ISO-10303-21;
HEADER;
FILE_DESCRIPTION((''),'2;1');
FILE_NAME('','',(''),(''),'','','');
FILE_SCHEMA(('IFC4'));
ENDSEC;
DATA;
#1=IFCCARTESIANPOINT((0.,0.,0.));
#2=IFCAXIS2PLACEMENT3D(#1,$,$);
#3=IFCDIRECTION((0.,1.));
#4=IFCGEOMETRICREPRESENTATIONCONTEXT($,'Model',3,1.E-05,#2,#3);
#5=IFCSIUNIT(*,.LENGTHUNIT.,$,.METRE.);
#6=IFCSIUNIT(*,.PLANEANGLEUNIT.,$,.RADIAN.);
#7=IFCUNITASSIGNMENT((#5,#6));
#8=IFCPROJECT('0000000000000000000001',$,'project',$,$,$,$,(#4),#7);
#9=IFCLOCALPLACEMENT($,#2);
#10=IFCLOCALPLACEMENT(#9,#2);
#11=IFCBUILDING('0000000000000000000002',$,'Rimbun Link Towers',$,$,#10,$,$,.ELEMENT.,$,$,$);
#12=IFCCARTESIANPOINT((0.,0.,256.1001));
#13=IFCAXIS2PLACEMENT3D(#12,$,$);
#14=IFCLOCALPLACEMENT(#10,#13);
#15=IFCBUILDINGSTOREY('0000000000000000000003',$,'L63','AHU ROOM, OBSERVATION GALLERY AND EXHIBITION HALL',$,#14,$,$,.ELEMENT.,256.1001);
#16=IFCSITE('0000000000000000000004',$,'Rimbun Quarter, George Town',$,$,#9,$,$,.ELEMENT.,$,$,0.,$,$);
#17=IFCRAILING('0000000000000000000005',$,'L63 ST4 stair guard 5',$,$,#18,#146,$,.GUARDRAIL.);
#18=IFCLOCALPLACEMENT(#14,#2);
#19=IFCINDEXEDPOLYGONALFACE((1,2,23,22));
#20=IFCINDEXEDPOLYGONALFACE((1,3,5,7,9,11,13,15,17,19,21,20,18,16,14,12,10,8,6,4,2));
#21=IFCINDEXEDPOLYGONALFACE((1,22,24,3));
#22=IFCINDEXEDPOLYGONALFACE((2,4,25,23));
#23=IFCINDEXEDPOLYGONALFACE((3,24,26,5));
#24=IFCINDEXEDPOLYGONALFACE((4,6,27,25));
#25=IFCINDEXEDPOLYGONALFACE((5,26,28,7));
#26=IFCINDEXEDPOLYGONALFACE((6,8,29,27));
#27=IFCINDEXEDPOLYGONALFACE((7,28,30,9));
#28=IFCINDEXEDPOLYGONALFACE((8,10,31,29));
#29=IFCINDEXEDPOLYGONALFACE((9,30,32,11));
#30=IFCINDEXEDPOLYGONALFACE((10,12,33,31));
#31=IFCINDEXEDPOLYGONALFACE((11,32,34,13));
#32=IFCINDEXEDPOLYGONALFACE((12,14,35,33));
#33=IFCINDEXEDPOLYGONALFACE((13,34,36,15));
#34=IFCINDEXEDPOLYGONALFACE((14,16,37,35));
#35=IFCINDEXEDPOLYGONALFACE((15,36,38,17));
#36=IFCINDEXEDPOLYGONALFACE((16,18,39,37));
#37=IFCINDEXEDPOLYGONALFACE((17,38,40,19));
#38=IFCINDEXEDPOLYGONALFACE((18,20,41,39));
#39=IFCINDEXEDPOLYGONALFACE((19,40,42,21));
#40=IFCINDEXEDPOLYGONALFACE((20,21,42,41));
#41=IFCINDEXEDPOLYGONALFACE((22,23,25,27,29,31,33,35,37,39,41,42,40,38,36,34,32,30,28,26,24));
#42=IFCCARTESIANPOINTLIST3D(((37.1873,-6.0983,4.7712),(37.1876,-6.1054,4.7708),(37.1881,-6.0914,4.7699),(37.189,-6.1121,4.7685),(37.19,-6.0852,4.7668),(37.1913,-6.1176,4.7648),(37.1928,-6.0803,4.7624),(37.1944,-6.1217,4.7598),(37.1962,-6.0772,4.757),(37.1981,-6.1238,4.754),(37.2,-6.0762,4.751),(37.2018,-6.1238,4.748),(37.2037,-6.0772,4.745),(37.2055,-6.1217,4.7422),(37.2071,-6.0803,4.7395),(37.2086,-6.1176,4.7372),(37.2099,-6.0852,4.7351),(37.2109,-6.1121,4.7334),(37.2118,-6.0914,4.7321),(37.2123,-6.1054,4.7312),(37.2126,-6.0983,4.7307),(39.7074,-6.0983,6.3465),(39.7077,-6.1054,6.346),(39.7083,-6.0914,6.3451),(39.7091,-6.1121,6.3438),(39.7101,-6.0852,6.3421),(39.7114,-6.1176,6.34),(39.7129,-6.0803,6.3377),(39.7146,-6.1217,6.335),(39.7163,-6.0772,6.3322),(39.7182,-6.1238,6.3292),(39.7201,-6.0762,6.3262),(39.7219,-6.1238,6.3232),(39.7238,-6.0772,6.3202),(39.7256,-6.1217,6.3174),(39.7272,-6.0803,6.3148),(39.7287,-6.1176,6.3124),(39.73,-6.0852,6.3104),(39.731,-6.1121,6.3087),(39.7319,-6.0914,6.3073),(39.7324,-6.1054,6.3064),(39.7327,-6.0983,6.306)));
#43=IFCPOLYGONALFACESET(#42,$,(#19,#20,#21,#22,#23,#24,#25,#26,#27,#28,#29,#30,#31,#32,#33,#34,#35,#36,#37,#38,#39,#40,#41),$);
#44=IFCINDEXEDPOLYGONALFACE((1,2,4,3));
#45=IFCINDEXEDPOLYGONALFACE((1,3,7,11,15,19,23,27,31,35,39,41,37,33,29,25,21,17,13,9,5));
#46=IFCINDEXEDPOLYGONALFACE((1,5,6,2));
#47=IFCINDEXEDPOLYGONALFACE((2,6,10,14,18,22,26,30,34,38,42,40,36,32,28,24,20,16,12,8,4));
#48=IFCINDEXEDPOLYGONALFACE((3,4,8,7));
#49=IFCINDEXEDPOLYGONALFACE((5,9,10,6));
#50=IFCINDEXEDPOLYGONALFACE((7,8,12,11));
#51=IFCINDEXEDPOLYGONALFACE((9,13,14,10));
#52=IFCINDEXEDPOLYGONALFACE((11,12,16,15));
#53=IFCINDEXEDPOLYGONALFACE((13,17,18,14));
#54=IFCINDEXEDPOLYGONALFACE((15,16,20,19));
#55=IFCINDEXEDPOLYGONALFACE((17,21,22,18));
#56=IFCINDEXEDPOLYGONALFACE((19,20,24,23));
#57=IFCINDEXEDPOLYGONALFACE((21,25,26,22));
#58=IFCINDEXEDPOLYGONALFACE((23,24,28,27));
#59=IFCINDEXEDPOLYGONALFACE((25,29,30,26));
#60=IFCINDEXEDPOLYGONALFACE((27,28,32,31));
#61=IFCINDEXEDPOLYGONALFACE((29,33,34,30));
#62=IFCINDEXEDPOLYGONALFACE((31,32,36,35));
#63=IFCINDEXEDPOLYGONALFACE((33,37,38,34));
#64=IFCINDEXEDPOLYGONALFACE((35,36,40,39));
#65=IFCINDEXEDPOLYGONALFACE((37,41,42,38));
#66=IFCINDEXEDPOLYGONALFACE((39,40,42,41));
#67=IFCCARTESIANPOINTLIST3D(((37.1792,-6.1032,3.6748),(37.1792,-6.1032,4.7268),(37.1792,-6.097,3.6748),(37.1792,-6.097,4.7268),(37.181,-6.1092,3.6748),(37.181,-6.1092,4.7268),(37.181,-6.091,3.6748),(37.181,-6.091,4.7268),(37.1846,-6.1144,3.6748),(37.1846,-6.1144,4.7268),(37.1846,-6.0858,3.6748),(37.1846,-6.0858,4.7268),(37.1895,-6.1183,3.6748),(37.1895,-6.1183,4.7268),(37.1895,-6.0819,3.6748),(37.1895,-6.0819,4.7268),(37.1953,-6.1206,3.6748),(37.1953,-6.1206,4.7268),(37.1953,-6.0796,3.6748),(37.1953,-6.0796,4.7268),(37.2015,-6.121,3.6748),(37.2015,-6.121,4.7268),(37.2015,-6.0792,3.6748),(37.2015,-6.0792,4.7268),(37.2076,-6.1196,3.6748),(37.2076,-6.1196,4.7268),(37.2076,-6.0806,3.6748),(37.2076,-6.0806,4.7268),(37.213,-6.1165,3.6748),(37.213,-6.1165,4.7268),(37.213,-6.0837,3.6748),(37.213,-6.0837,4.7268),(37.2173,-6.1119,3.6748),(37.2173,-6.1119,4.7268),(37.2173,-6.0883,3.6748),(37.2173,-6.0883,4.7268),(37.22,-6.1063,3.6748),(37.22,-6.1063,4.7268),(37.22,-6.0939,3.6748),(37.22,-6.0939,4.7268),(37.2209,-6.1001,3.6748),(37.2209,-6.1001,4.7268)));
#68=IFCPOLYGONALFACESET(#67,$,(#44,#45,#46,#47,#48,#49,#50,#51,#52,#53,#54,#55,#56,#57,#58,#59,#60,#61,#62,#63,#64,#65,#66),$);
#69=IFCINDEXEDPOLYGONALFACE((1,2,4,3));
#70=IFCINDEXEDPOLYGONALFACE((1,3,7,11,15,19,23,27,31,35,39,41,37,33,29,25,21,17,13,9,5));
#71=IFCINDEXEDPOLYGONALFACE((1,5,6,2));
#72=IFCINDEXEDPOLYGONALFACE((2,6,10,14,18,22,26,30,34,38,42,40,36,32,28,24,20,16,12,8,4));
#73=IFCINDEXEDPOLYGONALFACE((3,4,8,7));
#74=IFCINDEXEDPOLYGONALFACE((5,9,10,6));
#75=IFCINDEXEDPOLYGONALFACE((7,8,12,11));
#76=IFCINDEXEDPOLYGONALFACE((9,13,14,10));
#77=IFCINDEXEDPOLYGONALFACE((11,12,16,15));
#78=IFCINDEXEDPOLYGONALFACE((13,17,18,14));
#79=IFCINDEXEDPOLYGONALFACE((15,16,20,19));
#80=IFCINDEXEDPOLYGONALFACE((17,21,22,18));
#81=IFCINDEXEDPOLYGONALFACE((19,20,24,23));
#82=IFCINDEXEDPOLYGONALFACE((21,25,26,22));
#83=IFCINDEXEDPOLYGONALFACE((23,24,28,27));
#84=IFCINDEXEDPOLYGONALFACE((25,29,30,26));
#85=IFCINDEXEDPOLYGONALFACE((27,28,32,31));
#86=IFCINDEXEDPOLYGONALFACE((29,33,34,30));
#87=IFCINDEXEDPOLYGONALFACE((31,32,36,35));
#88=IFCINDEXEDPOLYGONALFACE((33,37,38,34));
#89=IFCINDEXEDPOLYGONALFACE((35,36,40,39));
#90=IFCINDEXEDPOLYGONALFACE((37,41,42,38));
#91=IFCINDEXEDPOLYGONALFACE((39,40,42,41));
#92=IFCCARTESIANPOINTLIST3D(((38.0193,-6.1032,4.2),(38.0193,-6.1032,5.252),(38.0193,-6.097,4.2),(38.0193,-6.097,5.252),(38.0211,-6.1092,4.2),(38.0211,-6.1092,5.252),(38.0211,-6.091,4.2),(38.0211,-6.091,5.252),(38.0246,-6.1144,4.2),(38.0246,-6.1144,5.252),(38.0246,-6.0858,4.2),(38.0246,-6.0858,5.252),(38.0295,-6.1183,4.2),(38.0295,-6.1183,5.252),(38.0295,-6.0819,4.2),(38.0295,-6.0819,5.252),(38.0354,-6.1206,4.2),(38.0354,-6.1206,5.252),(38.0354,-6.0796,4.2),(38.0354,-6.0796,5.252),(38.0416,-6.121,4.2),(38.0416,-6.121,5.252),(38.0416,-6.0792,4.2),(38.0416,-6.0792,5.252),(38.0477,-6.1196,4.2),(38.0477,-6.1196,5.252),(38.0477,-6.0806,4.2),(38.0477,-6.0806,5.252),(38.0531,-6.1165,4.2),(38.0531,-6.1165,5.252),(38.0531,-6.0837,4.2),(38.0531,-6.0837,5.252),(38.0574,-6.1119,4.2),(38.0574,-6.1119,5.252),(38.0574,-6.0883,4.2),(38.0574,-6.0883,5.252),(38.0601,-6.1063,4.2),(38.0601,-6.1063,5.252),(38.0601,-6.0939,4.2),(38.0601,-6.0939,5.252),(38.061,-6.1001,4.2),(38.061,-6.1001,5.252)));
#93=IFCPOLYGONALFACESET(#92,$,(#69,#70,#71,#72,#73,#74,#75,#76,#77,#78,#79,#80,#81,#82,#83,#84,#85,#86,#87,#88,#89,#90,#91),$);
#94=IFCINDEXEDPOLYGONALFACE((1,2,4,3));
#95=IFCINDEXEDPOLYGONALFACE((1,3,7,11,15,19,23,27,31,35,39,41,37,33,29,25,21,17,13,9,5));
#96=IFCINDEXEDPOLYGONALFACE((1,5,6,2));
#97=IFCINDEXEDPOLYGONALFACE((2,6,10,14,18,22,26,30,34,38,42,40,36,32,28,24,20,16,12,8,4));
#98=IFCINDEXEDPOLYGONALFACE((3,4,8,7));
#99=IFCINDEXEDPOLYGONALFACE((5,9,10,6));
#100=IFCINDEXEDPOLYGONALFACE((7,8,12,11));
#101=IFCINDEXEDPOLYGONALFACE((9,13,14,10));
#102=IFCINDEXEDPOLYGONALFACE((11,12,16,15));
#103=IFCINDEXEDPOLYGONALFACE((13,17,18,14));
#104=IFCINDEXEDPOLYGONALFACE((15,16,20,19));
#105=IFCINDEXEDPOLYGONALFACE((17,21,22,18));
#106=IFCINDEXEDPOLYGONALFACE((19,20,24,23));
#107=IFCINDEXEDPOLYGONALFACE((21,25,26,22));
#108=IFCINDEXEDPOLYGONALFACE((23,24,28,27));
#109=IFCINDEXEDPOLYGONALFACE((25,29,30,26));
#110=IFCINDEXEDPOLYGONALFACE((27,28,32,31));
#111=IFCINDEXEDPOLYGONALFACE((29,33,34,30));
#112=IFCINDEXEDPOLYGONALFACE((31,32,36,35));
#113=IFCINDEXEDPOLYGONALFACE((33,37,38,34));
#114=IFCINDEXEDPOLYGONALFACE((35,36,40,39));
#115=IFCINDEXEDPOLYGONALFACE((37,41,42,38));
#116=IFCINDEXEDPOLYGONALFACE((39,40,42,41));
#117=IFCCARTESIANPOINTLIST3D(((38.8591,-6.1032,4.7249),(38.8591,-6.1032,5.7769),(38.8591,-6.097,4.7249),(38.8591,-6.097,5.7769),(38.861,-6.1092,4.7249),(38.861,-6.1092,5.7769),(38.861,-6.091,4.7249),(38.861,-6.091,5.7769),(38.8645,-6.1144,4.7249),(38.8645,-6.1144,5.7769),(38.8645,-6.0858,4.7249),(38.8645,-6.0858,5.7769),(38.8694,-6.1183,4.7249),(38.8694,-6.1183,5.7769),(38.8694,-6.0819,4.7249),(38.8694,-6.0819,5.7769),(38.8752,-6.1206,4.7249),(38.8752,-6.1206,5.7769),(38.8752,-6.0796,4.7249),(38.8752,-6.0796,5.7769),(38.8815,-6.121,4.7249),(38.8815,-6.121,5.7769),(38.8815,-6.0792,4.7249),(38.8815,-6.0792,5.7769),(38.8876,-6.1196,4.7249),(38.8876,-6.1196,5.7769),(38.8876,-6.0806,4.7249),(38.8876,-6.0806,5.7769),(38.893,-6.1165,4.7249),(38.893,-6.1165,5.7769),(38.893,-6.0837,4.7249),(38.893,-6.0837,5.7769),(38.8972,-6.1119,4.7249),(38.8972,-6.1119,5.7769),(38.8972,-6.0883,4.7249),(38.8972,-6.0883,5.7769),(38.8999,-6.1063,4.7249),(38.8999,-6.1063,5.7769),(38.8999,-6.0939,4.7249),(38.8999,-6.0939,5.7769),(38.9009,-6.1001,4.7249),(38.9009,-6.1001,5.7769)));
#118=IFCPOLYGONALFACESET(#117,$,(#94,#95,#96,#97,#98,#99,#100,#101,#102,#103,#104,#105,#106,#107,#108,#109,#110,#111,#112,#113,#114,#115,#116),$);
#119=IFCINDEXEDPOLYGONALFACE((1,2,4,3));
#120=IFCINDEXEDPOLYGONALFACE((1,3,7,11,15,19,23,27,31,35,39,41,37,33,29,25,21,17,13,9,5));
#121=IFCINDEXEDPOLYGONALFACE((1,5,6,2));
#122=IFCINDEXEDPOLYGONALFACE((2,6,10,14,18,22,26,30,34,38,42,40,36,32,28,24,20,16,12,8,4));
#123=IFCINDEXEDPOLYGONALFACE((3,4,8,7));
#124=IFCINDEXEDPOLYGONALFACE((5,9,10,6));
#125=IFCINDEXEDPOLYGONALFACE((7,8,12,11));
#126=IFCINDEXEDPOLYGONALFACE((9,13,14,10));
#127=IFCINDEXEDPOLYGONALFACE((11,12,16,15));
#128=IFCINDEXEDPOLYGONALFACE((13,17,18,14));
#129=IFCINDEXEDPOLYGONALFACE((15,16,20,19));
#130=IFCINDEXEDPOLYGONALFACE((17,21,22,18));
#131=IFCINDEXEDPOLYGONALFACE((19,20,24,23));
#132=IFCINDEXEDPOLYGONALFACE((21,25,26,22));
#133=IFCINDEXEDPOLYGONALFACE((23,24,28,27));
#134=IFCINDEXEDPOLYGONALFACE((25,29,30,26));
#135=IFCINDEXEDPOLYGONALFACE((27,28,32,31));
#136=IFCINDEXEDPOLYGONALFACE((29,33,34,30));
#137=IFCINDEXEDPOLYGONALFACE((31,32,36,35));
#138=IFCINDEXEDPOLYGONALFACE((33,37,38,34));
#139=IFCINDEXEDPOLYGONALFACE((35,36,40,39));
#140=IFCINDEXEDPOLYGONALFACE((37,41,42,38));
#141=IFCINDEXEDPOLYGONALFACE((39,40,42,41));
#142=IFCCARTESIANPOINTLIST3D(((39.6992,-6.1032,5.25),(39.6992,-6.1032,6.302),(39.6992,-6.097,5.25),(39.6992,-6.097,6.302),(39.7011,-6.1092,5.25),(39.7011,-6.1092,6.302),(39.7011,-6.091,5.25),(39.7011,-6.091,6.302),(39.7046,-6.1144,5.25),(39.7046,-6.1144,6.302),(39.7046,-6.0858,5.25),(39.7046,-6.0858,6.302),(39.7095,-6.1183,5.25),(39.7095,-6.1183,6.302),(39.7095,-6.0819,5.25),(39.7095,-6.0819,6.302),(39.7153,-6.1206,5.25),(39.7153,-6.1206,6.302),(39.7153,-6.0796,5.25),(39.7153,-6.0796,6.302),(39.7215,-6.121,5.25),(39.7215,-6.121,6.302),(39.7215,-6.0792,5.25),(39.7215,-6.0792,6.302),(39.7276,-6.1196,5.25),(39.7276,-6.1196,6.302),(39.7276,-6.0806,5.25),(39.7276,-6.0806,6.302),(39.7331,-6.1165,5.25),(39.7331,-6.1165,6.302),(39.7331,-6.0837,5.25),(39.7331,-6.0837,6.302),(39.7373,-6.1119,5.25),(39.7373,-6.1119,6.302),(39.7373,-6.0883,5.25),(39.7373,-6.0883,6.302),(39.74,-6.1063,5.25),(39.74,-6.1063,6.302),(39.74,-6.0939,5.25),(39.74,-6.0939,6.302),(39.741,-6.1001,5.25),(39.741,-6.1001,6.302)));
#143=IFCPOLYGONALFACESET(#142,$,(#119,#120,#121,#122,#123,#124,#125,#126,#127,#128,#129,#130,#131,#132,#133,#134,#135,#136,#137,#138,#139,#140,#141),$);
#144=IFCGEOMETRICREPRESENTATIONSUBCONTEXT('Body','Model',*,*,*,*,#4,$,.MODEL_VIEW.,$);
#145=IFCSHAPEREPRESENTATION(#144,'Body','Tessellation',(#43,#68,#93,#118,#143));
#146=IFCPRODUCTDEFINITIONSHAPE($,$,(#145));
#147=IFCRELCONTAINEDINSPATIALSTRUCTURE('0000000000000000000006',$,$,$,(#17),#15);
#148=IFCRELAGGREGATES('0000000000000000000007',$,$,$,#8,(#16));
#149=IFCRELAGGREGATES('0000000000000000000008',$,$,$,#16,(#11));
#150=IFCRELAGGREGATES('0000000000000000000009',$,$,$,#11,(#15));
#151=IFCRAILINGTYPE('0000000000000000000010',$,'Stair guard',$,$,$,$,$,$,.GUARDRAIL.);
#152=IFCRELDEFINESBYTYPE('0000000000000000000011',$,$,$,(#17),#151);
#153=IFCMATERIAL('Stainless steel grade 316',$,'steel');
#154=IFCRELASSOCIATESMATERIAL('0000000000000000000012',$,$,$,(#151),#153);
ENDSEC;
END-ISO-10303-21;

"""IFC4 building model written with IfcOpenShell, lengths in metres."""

from ifc_helpers import new_model, si_unit, direction, frame, origin, origin_2d, place, context, subcontext, project, spatial, circle, extrude, material, type_object, element, save


model = new_model("IFC4")

# Units and contexts
model_context = context("Model", 3, precision=1e-05, world=origin(), true_north=direction((0.0, 1.0)))
body_context = subcontext(model_context, "Body", "Model", "MODEL_VIEW")
ifc_project = project(units=[si_unit("LENGTHUNIT", "METRE"), si_unit("PLANEANGLEUNIT", "RADIAN")], contexts=[model_context])

# Site, building, storey
site_placement = place(None, origin())
site = spatial("IfcSite", under=ifc_project, at=site_placement, Name="Rimbun Quarter, George Town", CompositionType="ELEMENT", RefElevation=0.0)
building_placement = place(site_placement, origin())
building = spatial("IfcBuilding", under=site, at=building_placement, Name="Rimbun Link Towers", CompositionType="ELEMENT")
storey_placement = place(building_placement, frame((0.0, 0.0, 256.1001)))
storey = spatial("IfcBuildingStorey", under=building, at=storey_placement, Name="L63", Description="AHU ROOM, OBSERVATION GALLERY AND EXHIBITION HALL", CompositionType="ELEMENT", Elevation=256.1001)

# Railing
ifc_material_1 = material(Name="Stainless steel grade 316", Category="steel")
railing_type_1 = type_object("IfcRailingType", Name="Stair guard", PredefinedType="GUARDRAIL", material=ifc_material_1)
railing_1_placement = place(storey_placement, frame((37.2, -6.1001, 3.6748)))
element("IfcRailing", 1, at=railing_1_placement, inside=storey, type_object=railing_type_1, Name="L63 ST4 stair guard 5", PredefinedType="GUARDRAIL", context=body_context, shape_type="SweptSolid", body=[
    extrude(circle(Radius=0.0239, at=origin_2d()), frame((0.0, 0.0, 1.0762), z_axis=(0.847971, 0.0, 0.530043), x_axis=(0.0, 1.0, 0.0)), (0.0, 0.0, 1.0), 2.9719),
    extrude(circle(Radius=0.021, at=origin_2d()), origin(), (0.0, 0.0, 1.0), 1.052),
    extrude(circle(Radius=0.021, at=origin_2d()), frame((0.8401, 0.0, 0.5251)), (0.0, 0.0, 1.0), 1.052),
    extrude(circle(Radius=0.021, at=origin_2d()), frame((1.6799, 0.0, 1.05)), (0.0, 0.0, 1.0), 1.052),
    extrude(circle(Radius=0.021, at=origin_2d()), frame((2.52, 0.0, 1.5752)), (0.0, 0.0, 1.0), 1.052),
])

save(model, "model.ifc")
